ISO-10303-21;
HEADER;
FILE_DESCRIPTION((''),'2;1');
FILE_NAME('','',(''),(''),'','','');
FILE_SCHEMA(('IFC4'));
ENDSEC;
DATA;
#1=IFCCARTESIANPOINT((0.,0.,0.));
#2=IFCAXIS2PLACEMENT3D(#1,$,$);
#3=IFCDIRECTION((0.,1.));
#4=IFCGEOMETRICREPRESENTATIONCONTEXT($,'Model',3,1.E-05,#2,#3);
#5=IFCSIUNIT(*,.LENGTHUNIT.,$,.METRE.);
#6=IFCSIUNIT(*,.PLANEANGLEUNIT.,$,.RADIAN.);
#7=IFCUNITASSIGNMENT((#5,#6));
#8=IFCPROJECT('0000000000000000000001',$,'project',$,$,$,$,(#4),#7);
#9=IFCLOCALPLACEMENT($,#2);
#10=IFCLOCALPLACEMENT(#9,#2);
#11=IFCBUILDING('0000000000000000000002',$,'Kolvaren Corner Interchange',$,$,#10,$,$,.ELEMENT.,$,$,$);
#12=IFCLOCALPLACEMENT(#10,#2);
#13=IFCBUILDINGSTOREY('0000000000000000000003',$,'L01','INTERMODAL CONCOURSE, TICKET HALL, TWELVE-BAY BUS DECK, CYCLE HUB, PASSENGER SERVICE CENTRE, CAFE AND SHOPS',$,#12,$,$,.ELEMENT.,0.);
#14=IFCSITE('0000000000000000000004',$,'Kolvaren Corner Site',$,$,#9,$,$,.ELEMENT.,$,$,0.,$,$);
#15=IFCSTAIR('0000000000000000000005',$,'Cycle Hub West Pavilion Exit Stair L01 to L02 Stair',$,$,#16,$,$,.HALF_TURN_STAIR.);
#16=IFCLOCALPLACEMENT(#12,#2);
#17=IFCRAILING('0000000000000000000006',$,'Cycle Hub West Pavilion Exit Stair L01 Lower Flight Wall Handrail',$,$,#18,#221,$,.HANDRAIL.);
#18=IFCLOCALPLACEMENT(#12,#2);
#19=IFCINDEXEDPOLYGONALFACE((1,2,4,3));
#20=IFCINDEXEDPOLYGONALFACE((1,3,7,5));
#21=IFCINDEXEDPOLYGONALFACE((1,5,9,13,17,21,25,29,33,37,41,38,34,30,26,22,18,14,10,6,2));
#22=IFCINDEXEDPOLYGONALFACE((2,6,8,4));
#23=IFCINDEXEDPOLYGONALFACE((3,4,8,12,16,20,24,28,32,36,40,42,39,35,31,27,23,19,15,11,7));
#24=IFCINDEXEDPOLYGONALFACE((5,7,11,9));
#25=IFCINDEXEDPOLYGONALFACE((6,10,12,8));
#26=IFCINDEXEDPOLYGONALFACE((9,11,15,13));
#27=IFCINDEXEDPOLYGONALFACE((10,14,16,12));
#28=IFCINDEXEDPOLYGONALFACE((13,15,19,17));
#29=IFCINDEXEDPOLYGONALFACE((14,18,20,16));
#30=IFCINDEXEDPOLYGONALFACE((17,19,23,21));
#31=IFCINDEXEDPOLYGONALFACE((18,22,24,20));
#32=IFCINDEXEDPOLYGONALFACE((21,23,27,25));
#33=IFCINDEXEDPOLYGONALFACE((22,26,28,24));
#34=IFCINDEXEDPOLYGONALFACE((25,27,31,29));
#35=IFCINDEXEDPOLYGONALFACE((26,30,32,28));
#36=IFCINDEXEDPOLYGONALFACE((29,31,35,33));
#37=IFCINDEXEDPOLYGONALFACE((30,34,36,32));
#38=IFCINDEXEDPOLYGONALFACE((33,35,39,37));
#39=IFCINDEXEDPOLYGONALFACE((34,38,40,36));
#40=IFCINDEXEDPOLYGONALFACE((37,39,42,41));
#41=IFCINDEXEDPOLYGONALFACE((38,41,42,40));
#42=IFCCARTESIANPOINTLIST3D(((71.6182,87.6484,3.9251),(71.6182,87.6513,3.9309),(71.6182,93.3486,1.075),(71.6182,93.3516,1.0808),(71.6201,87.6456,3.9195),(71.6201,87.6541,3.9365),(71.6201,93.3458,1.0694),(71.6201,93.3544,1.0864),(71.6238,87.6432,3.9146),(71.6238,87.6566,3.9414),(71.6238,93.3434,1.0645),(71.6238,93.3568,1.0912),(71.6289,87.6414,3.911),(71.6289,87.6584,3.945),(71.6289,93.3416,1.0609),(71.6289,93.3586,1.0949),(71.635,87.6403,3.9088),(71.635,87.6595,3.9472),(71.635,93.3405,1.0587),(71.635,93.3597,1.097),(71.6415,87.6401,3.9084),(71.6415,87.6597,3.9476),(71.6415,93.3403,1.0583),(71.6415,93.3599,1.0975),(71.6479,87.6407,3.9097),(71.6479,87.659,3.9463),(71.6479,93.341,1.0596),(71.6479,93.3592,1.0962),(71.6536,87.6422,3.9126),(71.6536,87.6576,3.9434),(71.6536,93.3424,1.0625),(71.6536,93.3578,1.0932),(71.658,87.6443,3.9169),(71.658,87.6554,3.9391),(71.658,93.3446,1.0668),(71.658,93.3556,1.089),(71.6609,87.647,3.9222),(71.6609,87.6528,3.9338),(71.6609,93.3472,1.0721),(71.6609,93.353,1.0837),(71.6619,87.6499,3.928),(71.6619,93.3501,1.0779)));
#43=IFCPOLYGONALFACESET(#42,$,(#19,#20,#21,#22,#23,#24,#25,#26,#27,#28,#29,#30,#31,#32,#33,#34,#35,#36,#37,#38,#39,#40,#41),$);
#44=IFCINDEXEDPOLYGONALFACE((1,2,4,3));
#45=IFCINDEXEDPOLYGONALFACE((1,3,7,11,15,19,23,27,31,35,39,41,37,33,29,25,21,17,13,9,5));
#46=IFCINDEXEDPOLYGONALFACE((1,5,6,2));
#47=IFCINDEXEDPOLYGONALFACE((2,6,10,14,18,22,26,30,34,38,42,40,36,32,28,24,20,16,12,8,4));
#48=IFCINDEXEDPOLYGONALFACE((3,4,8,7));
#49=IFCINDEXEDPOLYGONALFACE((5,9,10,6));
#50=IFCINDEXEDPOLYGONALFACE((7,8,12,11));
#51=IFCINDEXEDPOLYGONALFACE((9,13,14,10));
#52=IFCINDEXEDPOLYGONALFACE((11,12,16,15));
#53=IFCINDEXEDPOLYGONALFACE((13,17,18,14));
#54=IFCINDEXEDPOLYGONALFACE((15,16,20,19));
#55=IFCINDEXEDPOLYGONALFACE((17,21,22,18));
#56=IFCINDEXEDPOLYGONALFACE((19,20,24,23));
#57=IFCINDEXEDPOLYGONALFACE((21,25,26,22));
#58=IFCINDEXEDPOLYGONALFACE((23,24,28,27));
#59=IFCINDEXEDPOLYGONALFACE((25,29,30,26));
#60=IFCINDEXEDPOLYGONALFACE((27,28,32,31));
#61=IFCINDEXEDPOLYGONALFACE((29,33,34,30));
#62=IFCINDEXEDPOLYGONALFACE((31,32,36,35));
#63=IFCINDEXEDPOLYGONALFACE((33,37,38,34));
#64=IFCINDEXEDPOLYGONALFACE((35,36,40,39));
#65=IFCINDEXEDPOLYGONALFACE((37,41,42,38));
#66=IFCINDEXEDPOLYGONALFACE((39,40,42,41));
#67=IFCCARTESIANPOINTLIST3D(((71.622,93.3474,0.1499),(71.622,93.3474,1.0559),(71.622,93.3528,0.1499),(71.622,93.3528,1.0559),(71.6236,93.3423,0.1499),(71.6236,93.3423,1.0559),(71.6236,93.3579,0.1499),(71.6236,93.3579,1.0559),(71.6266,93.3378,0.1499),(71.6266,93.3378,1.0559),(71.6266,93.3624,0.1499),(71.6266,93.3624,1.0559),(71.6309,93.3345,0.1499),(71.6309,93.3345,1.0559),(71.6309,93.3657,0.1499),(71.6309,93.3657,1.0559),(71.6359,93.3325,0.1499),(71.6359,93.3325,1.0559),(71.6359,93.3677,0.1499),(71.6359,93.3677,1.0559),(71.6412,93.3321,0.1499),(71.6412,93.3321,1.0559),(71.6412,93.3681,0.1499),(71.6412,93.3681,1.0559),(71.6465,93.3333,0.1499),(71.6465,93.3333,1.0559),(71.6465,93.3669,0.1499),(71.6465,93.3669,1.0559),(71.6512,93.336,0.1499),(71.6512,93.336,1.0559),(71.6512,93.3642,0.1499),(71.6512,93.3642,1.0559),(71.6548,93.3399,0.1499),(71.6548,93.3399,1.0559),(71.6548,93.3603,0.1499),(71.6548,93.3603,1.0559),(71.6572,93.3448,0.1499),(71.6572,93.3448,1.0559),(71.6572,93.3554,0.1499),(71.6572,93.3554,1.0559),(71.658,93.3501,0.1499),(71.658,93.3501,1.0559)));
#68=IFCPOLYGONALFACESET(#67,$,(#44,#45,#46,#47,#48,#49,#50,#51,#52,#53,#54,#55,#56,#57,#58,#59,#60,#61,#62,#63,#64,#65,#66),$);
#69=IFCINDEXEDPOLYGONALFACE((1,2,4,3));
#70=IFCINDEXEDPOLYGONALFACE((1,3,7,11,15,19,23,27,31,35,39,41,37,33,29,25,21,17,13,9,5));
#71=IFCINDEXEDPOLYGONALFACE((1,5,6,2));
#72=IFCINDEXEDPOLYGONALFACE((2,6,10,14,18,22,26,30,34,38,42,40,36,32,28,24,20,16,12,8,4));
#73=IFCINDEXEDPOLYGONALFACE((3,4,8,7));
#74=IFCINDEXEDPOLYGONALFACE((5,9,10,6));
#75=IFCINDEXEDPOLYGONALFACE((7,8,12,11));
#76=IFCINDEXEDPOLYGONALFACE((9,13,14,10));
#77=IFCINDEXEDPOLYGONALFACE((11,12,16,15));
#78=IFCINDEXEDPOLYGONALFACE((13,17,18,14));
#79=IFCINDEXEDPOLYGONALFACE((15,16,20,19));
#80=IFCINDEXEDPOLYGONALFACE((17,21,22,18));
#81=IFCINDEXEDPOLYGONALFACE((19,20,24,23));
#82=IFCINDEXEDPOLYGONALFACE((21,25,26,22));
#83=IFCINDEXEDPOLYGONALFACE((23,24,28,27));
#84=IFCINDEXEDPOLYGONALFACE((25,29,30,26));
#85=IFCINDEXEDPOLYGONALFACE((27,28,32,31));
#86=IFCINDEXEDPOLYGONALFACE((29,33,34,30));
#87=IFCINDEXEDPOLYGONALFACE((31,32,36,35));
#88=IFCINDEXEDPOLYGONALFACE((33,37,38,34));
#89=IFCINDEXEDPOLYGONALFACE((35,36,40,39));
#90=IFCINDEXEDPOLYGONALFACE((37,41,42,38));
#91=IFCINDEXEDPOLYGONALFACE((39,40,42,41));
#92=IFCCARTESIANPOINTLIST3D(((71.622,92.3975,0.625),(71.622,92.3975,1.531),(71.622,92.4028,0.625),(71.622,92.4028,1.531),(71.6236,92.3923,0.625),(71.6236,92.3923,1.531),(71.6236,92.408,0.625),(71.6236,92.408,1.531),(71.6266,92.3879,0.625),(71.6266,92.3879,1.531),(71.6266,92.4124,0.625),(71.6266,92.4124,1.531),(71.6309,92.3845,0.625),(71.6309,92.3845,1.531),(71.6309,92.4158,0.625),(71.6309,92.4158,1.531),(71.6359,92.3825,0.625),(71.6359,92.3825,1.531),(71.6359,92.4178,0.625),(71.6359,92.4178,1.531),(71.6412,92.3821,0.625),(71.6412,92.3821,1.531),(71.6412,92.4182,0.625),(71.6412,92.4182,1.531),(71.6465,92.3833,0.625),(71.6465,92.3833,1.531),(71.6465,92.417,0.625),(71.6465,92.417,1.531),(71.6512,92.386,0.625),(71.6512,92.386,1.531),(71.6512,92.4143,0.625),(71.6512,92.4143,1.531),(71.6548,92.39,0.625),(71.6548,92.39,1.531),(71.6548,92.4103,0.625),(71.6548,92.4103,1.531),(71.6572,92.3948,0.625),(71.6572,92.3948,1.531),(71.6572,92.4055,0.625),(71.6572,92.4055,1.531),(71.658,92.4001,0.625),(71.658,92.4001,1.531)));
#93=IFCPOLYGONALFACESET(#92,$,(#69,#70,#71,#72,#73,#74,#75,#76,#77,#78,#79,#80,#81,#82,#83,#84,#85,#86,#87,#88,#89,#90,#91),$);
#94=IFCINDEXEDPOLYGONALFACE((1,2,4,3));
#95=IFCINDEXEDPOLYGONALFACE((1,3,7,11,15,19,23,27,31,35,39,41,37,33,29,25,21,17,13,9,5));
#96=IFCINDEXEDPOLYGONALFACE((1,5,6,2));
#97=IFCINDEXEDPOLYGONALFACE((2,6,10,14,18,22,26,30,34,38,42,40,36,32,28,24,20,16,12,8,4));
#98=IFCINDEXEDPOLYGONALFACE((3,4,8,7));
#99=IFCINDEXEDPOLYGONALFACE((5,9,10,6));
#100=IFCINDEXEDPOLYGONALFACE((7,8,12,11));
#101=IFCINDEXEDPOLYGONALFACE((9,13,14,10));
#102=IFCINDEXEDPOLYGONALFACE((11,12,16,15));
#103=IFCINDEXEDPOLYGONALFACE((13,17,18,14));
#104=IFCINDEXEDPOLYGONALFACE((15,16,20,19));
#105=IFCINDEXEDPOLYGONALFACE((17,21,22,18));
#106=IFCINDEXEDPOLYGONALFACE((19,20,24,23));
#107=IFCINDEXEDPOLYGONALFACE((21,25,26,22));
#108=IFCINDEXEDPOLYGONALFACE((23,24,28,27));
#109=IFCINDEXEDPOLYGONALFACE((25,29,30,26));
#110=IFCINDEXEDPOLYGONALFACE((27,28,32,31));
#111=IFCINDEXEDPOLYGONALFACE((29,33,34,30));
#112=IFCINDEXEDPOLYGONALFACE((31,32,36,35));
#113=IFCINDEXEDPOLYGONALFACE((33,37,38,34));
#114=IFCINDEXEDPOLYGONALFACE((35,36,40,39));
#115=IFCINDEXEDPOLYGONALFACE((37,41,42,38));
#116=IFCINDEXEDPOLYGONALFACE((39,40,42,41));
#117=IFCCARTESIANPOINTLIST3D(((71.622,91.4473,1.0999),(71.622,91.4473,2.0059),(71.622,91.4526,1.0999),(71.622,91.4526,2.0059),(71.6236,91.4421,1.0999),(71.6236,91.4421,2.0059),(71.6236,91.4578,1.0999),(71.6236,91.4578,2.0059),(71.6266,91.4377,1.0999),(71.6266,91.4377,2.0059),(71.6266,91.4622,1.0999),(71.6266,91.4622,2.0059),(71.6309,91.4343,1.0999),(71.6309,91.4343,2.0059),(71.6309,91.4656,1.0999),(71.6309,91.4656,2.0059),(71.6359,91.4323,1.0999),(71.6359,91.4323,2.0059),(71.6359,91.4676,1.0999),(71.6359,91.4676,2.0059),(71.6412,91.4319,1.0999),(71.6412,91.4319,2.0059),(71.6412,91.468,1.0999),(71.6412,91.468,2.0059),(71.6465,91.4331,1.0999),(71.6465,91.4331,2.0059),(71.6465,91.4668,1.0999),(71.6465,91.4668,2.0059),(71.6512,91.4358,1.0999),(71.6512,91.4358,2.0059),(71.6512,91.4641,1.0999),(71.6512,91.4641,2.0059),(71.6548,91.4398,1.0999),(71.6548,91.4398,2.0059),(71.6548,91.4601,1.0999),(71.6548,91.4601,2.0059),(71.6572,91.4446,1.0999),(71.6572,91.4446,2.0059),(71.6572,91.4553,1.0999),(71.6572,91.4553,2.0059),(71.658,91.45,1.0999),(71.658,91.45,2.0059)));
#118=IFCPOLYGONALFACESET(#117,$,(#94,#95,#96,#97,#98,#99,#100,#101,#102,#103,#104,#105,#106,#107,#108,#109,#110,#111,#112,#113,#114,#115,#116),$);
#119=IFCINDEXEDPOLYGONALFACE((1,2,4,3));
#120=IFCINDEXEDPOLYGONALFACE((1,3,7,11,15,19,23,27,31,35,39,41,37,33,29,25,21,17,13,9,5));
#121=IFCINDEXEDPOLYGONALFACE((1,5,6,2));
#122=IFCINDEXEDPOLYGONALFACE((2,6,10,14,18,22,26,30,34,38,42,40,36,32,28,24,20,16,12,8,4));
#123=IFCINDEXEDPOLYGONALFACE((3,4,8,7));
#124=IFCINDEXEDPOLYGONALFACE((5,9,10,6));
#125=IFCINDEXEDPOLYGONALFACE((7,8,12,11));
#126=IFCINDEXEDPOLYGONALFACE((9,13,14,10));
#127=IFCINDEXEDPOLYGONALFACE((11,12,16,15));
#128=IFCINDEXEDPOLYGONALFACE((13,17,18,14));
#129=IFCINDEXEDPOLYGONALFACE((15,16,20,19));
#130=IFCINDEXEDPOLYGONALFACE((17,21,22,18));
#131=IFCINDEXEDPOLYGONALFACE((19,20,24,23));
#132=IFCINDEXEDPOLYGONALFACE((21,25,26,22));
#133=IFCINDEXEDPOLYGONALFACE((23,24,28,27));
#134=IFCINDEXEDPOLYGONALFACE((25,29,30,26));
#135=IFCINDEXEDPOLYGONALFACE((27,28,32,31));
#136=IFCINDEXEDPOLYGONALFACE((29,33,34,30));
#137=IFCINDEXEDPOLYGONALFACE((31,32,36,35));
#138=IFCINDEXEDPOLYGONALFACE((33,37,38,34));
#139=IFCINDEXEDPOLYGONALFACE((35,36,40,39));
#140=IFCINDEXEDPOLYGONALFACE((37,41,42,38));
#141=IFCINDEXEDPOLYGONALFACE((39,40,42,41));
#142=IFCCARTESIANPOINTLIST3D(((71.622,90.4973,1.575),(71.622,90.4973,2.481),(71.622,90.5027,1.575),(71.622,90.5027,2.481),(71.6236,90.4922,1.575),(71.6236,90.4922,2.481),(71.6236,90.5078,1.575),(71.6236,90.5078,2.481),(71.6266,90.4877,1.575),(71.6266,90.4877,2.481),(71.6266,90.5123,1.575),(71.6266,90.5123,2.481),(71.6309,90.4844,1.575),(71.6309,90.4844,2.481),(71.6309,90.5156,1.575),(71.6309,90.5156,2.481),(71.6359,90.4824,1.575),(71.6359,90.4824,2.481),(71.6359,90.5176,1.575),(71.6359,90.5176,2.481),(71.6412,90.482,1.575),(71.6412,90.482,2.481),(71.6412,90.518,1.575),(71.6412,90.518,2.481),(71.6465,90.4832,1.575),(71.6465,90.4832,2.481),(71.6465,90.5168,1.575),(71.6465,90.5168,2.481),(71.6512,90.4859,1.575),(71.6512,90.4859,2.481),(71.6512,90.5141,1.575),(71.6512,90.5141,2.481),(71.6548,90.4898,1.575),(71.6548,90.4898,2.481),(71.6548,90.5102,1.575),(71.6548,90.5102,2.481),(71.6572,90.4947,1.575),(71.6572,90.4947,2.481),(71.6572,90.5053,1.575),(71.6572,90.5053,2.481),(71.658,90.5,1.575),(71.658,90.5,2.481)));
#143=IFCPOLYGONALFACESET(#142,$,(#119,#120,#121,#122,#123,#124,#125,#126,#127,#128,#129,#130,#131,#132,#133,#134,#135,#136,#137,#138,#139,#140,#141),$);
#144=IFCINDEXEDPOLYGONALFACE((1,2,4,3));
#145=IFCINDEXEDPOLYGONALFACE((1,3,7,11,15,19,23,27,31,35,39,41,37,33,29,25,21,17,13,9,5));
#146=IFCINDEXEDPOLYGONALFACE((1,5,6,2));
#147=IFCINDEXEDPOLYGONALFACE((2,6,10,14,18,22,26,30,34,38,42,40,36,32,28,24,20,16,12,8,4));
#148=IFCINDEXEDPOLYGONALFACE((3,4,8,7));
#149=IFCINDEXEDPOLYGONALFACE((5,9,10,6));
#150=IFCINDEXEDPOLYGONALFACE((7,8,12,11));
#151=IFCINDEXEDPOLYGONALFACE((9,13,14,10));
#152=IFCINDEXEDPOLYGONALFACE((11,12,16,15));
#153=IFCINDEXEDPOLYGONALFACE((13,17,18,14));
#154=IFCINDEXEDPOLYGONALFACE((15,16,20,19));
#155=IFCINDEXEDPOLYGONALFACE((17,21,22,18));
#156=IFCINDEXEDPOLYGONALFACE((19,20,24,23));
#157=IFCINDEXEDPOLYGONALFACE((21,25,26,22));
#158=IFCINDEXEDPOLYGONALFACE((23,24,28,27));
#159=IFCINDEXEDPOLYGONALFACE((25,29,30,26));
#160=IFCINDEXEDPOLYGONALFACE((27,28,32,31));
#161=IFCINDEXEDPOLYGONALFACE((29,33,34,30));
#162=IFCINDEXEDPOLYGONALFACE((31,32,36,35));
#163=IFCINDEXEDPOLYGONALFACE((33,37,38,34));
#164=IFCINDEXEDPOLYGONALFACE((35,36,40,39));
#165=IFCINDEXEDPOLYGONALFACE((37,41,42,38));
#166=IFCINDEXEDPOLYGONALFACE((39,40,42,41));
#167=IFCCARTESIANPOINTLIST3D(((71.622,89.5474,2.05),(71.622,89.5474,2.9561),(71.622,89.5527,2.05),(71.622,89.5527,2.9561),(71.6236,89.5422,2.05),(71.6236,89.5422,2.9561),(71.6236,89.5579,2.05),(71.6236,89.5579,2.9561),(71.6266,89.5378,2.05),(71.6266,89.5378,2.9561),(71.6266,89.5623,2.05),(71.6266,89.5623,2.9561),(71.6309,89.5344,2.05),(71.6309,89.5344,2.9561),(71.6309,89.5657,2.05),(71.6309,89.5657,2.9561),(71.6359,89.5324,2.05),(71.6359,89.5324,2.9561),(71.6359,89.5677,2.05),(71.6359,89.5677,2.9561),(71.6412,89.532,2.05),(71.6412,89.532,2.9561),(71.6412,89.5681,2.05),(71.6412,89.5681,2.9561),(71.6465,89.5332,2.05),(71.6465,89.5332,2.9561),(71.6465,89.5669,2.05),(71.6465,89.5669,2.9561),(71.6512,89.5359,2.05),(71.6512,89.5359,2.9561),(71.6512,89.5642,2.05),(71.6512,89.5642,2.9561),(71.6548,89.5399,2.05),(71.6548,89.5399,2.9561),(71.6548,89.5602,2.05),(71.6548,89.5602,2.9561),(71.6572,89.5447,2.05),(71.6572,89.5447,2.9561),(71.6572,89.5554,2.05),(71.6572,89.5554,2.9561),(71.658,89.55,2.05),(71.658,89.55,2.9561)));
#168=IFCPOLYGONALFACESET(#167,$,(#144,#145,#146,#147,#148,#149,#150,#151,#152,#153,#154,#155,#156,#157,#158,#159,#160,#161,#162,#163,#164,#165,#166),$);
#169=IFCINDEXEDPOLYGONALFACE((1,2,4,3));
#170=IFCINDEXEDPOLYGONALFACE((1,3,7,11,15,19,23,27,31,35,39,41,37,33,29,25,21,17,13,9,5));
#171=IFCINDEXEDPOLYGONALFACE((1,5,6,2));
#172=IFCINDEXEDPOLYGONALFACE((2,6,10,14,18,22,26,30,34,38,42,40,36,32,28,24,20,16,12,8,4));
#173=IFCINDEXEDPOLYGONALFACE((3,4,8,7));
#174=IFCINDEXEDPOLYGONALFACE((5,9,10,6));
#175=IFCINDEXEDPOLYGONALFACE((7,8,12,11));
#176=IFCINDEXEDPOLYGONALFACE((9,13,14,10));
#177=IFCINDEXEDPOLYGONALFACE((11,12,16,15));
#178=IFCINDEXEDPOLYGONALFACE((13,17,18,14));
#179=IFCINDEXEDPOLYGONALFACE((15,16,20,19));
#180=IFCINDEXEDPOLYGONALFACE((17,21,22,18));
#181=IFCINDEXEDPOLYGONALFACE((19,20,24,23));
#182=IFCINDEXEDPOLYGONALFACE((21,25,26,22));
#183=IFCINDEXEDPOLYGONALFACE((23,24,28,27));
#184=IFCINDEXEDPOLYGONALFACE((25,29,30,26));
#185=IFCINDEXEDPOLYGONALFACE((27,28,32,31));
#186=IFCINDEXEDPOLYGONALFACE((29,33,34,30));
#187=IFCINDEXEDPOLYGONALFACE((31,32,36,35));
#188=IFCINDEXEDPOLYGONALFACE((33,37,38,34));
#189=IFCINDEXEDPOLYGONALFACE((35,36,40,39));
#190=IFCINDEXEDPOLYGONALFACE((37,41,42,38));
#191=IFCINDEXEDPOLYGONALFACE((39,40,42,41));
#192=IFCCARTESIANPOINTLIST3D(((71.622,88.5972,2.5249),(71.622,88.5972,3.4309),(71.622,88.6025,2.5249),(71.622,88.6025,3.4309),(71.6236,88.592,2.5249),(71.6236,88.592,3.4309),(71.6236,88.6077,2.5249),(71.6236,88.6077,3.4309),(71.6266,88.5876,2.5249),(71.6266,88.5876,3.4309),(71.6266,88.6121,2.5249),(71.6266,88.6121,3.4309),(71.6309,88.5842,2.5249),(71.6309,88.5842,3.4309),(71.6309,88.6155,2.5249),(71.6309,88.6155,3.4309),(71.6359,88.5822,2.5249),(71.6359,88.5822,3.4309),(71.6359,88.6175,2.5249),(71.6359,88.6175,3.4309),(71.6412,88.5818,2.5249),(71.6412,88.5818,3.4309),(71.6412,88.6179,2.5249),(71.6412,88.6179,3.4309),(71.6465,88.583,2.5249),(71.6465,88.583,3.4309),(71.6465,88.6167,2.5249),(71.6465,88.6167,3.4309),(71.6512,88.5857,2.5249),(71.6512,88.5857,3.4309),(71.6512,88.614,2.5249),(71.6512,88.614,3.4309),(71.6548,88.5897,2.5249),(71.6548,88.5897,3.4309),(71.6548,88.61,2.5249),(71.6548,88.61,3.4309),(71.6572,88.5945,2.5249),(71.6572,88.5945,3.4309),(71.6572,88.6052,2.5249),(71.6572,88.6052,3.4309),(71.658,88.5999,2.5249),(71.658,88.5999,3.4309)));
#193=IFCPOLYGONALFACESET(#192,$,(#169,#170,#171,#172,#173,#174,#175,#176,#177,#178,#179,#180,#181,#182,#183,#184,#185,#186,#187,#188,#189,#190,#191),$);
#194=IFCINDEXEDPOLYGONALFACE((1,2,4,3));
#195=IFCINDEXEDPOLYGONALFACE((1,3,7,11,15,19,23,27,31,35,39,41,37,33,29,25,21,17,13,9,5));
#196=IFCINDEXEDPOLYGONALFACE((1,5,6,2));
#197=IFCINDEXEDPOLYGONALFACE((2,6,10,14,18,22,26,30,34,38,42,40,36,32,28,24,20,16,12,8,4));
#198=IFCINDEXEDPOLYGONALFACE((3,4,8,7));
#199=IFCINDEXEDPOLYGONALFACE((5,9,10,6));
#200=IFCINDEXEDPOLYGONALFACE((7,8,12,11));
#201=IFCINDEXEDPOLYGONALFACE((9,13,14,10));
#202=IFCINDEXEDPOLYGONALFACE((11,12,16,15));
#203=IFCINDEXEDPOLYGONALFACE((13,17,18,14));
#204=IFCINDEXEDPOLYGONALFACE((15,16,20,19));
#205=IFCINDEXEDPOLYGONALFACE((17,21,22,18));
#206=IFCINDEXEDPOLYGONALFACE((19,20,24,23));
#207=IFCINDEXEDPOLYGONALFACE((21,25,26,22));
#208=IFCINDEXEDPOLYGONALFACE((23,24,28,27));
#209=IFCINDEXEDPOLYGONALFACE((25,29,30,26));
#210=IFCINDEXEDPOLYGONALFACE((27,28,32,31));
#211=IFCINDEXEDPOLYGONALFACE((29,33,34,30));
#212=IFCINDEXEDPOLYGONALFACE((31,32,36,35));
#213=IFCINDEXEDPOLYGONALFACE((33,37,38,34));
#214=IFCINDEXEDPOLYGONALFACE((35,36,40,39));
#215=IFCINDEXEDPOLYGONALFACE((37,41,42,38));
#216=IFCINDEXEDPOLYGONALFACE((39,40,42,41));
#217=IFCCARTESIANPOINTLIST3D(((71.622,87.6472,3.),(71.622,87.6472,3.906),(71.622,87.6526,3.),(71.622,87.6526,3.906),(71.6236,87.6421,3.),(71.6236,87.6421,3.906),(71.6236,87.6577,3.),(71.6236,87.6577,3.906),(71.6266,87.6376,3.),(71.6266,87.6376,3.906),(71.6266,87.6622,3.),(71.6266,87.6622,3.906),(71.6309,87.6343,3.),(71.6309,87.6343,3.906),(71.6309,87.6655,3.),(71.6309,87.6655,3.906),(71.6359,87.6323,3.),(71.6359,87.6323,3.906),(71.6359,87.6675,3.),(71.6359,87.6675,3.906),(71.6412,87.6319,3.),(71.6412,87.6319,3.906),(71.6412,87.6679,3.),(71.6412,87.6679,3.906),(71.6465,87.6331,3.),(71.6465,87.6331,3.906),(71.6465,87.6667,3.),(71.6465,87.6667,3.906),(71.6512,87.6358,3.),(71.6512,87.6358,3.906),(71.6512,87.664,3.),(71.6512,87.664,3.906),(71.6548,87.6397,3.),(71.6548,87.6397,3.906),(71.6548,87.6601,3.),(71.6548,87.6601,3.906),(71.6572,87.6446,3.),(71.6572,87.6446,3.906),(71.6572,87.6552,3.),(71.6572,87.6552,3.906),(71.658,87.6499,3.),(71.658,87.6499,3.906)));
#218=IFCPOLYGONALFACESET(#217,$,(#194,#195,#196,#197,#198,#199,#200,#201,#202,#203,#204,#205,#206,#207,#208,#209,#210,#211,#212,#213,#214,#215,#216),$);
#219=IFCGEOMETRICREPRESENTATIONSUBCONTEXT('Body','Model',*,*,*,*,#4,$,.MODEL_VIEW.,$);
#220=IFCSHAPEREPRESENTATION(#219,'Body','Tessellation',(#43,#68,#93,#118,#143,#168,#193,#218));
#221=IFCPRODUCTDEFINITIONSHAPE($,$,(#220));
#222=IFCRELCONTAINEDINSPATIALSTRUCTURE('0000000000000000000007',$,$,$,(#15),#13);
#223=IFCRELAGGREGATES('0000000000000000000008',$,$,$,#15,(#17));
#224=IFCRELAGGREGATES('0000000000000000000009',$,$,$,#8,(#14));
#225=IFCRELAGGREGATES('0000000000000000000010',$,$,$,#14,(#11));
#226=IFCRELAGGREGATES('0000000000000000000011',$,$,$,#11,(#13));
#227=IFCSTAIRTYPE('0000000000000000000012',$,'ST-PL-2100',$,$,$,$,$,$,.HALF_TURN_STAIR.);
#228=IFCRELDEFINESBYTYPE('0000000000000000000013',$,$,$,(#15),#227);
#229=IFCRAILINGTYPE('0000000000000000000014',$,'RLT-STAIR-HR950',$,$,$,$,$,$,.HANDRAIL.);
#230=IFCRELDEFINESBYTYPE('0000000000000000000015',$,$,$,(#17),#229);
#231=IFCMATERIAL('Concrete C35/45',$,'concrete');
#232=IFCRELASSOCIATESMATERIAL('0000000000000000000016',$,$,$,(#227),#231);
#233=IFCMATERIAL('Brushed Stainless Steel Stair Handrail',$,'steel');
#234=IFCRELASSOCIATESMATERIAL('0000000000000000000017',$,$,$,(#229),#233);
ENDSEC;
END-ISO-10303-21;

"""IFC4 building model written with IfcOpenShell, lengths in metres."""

from ifc_helpers import new_model, si_unit, direction, frame, origin, origin_2d, place, context, subcontext, project, spatial, circle, extrude, material, type_object, element, aggregate, save


model = new_model("IFC4")

# Units and contexts
model_context = context("Model", 3, precision=1e-05, world=origin(), true_north=direction((0.0, 1.0)))
body_context = subcontext(model_context, "Body", "Model", "MODEL_VIEW")
ifc_project = project(units=[si_unit("LENGTHUNIT", "METRE"), si_unit("PLANEANGLEUNIT", "RADIAN")], contexts=[model_context])

# Site, building, storey
site_placement = place(None, origin())
site = spatial("IfcSite", under=ifc_project, at=site_placement, Name="Kolvaren Corner Site", CompositionType="ELEMENT", RefElevation=0.0)
building_placement = place(site_placement, origin())
building = spatial("IfcBuilding", under=site, at=building_placement, Name="Kolvaren Corner Interchange", CompositionType="ELEMENT")
storey_placement = place(building_placement, origin())
storey = spatial("IfcBuildingStorey", under=building, at=storey_placement, Name="L01", Description="INTERMODAL CONCOURSE, TICKET HALL, TWELVE-BAY BUS DECK, CYCLE HUB, PASSENGER SERVICE CENTRE, CAFE AND SHOPS", CompositionType="ELEMENT", Elevation=0.0)

# Stair, railing
ifc_material_1 = material(Name="Concrete C35/45", Category="concrete")
stair_type = type_object("IfcStairType", Name="ST-PL-2100", PredefinedType="HALF_TURN_STAIR", material=ifc_material_1)
stair_placement = place(storey_placement, origin())
stair = element("IfcStair", 1, at=stair_placement, inside=storey, type_object=stair_type, Name="Cycle Hub West Pavilion Exit Stair L01 to L02 Stair", PredefinedType="HALF_TURN_STAIR")
ifc_material_2 = material(Name="Brushed Stainless Steel Stair Handrail", Category="steel")
railing_type_1 = type_object("IfcRailingType", Name="RLT-STAIR-HR950", PredefinedType="HANDRAIL", material=ifc_material_2)
railing_1_placement = place(storey_placement, frame((71.6399, 93.3501, 0.1499)))
railing_1 = element("IfcRailing", 2, at=railing_1_placement, type_object=railing_type_1, Name="Cycle Hub West Pavilion Exit Stair L01 Lower Flight Wall Handrail", PredefinedType="HANDRAIL", context=body_context, shape_type="SweptSolid", body=[
    extrude(circle(Radius=0.022, at=origin_2d()), frame((0.0, 0.0, 0.928), z_axis=(0.0, -0.894427, 0.447214), x_axis=(1.0, 0.0, 0.0)), (0.0, 0.0, 1.0), 6.373),
    extrude(circle(Radius=0.0181, at=origin_2d()), origin(), (0.0, 0.0, 1.0), 0.906),
    extrude(circle(Radius=0.0181, at=origin_2d()), frame((0.0, -0.95, 0.4751)), (0.0, 0.0, 1.0), 0.906),
    extrude(circle(Radius=0.0181, at=origin_2d()), frame((0.0, -1.9001, 0.95)), (0.0, 0.0, 1.0), 0.906),
    extrude(circle(Radius=0.0181, at=origin_2d()), frame((0.0, -2.8501, 1.425)), (0.0, 0.0, 1.0), 0.906),
    extrude(circle(Radius=0.0181, at=origin_2d()), frame((0.0, -3.8, 1.9001)), (0.0, 0.0, 1.0), 0.906),
    extrude(circle(Radius=0.0181, at=origin_2d()), frame((0.0, -4.7502, 2.375)), (0.0, 0.0, 1.0), 0.906),
    extrude(circle(Radius=0.0181, at=origin_2d()), frame((0.0, -5.7002, 2.8501)), (0.0, 0.0, 1.0), 0.906),
])
aggregate(stair, [railing_1])

save(model, "model.ifc")
